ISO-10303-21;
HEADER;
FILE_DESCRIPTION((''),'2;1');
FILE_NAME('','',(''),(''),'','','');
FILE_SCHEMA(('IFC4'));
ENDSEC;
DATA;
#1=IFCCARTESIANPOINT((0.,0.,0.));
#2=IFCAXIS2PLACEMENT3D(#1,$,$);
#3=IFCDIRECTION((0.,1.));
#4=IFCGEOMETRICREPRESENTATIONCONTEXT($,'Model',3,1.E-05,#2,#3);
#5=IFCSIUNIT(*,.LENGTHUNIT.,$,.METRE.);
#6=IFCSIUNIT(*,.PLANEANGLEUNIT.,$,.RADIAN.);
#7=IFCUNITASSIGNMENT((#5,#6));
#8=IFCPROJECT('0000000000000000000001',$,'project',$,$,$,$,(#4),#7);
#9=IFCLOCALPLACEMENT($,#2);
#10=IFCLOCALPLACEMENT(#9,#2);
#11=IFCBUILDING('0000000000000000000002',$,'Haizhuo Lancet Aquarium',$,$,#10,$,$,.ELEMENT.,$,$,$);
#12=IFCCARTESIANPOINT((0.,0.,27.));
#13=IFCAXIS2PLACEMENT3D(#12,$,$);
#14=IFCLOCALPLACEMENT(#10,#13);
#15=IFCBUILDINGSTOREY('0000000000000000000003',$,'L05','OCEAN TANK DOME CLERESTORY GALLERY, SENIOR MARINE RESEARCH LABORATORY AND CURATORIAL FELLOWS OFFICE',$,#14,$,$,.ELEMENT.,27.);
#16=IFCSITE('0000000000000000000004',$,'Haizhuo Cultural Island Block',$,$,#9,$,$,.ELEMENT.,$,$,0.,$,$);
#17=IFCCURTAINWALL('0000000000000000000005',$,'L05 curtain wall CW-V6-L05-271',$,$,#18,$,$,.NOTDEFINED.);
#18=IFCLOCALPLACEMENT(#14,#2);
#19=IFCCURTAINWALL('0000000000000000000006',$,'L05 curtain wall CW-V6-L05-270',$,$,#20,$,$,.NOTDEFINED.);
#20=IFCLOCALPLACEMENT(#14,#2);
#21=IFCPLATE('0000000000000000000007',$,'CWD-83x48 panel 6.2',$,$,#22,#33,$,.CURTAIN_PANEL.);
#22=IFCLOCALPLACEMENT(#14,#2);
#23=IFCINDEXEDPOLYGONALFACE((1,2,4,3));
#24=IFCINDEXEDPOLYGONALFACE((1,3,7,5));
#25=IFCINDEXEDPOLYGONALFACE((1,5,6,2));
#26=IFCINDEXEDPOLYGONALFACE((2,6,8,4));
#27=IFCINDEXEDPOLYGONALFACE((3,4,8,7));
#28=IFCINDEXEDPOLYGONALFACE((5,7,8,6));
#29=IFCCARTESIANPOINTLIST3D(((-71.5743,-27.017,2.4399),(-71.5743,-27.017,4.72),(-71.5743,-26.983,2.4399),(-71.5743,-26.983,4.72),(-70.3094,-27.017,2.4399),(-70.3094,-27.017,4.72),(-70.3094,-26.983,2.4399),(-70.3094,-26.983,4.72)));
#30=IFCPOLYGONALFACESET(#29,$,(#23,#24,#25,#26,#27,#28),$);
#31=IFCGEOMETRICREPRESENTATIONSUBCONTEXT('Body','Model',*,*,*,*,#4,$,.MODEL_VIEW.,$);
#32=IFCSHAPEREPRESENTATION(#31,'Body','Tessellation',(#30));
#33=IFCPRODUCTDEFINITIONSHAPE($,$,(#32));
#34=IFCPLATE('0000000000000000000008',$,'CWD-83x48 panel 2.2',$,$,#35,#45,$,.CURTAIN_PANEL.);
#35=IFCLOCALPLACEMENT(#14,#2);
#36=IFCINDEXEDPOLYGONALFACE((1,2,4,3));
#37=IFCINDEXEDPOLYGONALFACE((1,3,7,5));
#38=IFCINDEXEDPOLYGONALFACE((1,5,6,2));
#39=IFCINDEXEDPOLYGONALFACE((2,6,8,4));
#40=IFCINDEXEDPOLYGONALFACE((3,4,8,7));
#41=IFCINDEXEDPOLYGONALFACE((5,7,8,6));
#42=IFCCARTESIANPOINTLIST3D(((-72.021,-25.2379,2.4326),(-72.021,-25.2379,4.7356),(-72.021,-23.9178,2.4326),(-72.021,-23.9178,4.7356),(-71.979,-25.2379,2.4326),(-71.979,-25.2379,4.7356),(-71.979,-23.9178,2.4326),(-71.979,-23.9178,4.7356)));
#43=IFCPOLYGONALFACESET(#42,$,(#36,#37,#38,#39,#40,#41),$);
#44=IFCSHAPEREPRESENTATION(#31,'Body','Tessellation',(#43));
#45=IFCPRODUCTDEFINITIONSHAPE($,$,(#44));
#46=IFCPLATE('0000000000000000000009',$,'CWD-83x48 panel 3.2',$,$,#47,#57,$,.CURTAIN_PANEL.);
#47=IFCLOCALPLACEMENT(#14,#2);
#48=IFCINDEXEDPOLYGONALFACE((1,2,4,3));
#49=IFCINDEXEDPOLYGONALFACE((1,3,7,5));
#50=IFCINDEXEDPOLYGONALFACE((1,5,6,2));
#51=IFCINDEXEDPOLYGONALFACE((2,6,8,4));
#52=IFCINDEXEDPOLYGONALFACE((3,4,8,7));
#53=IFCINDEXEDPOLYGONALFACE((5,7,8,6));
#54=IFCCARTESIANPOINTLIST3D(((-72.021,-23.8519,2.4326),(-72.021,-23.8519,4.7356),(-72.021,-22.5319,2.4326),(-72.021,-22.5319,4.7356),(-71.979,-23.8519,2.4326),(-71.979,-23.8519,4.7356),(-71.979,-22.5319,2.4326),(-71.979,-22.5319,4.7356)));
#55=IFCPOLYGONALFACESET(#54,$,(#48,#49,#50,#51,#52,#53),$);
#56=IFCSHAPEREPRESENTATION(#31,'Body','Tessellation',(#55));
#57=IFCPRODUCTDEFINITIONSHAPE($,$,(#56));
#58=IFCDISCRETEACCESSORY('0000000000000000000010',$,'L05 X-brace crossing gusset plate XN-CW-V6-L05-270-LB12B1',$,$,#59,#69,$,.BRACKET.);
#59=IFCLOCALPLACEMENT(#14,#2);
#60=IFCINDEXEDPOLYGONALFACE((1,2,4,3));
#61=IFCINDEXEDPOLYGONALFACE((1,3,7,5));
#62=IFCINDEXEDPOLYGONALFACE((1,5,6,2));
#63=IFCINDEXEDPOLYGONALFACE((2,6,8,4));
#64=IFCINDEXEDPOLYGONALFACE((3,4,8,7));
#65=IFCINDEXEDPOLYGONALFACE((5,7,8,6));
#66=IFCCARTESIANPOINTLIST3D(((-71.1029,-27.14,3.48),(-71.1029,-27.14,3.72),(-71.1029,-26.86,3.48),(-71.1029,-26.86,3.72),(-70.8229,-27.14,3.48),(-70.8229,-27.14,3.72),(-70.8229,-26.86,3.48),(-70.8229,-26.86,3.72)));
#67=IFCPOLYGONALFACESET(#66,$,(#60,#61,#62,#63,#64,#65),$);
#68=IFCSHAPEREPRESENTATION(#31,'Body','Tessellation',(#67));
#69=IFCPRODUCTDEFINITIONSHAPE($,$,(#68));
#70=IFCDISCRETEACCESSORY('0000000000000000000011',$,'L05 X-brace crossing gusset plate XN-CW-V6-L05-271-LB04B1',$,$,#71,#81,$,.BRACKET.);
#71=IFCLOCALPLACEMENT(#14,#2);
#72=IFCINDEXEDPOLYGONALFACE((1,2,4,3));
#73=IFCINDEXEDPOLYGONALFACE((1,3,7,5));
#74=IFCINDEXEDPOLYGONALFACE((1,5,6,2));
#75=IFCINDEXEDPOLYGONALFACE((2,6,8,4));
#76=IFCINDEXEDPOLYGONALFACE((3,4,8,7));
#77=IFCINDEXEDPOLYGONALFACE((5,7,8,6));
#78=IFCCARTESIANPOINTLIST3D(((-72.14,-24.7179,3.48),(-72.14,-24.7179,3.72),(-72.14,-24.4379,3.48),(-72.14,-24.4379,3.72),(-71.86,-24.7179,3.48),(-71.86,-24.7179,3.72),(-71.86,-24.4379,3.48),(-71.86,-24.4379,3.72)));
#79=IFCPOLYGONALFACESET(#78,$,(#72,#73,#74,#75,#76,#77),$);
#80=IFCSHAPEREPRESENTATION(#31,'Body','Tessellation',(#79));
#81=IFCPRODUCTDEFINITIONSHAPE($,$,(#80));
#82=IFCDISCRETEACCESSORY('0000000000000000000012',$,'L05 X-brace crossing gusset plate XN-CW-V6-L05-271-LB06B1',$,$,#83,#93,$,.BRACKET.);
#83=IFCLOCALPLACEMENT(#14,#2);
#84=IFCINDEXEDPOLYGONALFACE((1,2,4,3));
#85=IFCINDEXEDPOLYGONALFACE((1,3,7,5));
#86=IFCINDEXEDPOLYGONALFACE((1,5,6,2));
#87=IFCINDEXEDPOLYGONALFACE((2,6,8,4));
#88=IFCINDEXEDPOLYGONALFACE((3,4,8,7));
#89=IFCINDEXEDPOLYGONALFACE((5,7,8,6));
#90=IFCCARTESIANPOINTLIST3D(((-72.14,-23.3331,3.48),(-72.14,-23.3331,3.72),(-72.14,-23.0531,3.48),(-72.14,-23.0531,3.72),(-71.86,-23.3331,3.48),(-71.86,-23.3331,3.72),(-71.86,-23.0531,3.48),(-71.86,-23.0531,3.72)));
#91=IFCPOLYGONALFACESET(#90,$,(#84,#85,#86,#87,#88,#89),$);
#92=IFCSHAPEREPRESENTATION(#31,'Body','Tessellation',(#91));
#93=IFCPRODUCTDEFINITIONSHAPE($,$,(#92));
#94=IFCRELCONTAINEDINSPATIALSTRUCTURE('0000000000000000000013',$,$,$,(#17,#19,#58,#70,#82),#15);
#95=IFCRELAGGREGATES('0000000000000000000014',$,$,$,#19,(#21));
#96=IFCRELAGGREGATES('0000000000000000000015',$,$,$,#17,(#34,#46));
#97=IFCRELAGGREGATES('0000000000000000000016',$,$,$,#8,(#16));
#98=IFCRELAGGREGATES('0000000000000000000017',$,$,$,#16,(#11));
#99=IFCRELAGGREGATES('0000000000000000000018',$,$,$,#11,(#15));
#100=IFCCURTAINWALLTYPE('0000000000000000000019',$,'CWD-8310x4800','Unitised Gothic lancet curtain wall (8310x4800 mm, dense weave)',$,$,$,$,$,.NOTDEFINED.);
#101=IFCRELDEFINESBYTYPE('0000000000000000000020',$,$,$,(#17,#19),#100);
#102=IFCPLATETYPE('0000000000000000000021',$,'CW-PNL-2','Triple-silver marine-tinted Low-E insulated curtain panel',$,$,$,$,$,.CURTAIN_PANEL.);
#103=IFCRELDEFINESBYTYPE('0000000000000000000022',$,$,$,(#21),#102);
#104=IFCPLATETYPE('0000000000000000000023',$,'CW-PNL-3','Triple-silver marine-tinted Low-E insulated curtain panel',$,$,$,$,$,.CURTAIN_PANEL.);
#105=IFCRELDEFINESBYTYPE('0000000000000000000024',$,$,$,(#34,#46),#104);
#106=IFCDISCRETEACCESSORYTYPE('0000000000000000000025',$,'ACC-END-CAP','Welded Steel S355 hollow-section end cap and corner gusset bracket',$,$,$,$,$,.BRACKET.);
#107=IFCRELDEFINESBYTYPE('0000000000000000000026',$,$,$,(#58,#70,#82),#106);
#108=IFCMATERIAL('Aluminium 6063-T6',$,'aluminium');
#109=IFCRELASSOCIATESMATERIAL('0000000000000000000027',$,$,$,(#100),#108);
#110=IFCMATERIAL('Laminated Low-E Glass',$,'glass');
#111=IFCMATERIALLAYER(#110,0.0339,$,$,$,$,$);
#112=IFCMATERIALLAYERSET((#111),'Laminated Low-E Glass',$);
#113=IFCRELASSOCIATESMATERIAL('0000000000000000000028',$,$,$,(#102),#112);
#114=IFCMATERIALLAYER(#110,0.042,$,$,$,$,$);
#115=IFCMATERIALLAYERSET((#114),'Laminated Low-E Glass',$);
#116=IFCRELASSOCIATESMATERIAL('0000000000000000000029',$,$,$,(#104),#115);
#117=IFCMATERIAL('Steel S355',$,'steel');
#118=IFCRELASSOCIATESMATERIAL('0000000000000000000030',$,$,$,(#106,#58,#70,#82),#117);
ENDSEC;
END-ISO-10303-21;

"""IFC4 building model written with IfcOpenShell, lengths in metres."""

from ifc_helpers import new_model, si_unit, direction, frame, origin, origin_2d, place, context, subcontext, project, spatial, rectangle, extrude, material, layer, layer_set, type_object, element, aggregate, save


model = new_model("IFC4")

# Units and contexts
model_context = context("Model", 3, precision=1e-05, world=origin(), true_north=direction((0.0, 1.0)))
body_context = subcontext(model_context, "Body", "Model", "MODEL_VIEW")
ifc_project = project(units=[si_unit("LENGTHUNIT", "METRE"), si_unit("PLANEANGLEUNIT", "RADIAN")], contexts=[model_context])

# Site, building, storey
site_placement = place(None, origin())
site = spatial("IfcSite", under=ifc_project, at=site_placement, Name="Haizhuo Cultural Island Block", CompositionType="ELEMENT", RefElevation=0.0)
building_placement = place(site_placement, origin())
building = spatial("IfcBuilding", under=site, at=building_placement, Name="Haizhuo Lancet Aquarium", CompositionType="ELEMENT")
storey_placement = place(building_placement, frame((0.0, 0.0, 27.0)))
storey = spatial("IfcBuildingStorey", under=building, at=storey_placement, Name="L05", Description="OCEAN TANK DOME CLERESTORY GALLERY, SENIOR MARINE RESEARCH LABORATORY AND CURATORIAL FELLOWS OFFICE", CompositionType="ELEMENT", Elevation=27.0)

# Curtain walls
ifc_material_1 = material(Name="Aluminium 6063-T6", Category="aluminium")
curtain_wall_type = type_object("IfcCurtainWallType", Name="CWD-8310x4800", Description="Unitised Gothic lancet curtain wall (8310x4800 mm, dense weave)", PredefinedType="NOTDEFINED", material=ifc_material_1)
curtain_wall_1_placement = place(storey_placement, origin())
curtain_wall_1 = element("IfcCurtainWall", 1, at=curtain_wall_1_placement, inside=storey, type_object=curtain_wall_type, Name="L05 curtain wall CW-V6-L05-271", PredefinedType="NOTDEFINED")
curtain_wall_2_placement = place(storey_placement, origin())
curtain_wall_2 = element("IfcCurtainWall", 2, at=curtain_wall_2_placement, inside=storey, type_object=curtain_wall_type, Name="L05 curtain wall CW-V6-L05-270", PredefinedType="NOTDEFINED")

# Shared definitions
ifc_material_2 = material(Name="Steel S355", Category="steel")

# Plates
ifc_material_3 = material(Name="Laminated Low-E Glass", Category="glass")
ifc_layer_1 = layer(ifc_material_3, 0.0339)
ifc_layer_set_1 = layer_set([ifc_layer_1], Name="Laminated Low-E Glass")
plate_type_1 = type_object("IfcPlateType", Name="CW-PNL-2", Description="Triple-silver marine-tinted Low-E insulated curtain panel", PredefinedType="CURTAIN_PANEL", material=ifc_layer_set_1)
plate_1_placement = place(storey_placement, frame((-70.9419, -27.0, 2.4399), z_axis=(0.0, 0.0, 1.0), x_axis=(-1.0, 0.0, 0.0)))
plate_1 = element("IfcPlate", 3, at=plate_1_placement, type_object=plate_type_1, Name="CWD-83x48 panel 6.2", PredefinedType="CURTAIN_PANEL", context=body_context, shape_type="SweptSolid", body=[
    extrude(rectangle(XDim=1.2649, YDim=0.0339, at=origin_2d()), origin(), (0.0, 0.0, 1.0), 2.28),
])
aggregate(curtain_wall_2, [plate_1])
ifc_layer_2 = layer(ifc_material_3, 0.042)
ifc_layer_set_2 = layer_set([ifc_layer_2], Name="Laminated Low-E Glass")
plate_type_2 = type_object("IfcPlateType", Name="CW-PNL-3", Description="Triple-silver marine-tinted Low-E insulated curtain panel", PredefinedType="CURTAIN_PANEL", material=ifc_layer_set_2)
plate_2_placement = place(storey_placement, frame((-72.0, -24.5779, 2.4326), z_axis=(0.0, 0.0, 1.0), x_axis=(0.0, 1.0, 0.0)))
plate_2 = element("IfcPlate", 4, at=plate_2_placement, type_object=plate_type_2, Name="CWD-83x48 panel 2.2", PredefinedType="CURTAIN_PANEL", context=body_context, shape_type="SweptSolid", body=[
    extrude(rectangle(XDim=1.3201, YDim=0.042, at=origin_2d()), origin(), (0.0, 0.0, 1.0), 2.303),
])
plate_3_placement = place(storey_placement, frame((-72.0, -23.1919, 2.4326), z_axis=(0.0, 0.0, 1.0), x_axis=(0.0, 1.0, 0.0)))
plate_3 = element("IfcPlate", 5, at=plate_3_placement, type_object=plate_type_2, Name="CWD-83x48 panel 3.2", PredefinedType="CURTAIN_PANEL", context=body_context, shape_type="SweptSolid", body=[
    extrude(rectangle(XDim=1.3201, YDim=0.042, at=origin_2d()), origin(), (0.0, 0.0, 1.0), 2.303),
])
aggregate(curtain_wall_1, [plate_2, plate_3])

# Discrete accessories
discrete_accessory_type = type_object("IfcDiscreteAccessoryType", Name="ACC-END-CAP", Description="Welded Steel S355 hollow-section end cap and corner gusset bracket", PredefinedType="BRACKET", material=ifc_material_2)
for number, where, z_axis, x_axis, name in (
    (6, (-70.9629, -27.0, 3.48), (0.0, 0.0, 1.0), (1.0, 0.0, 0.0), "L05 X-brace crossing gusset plate XN-CW-V6-L05-270-LB12B1"),
    (7, (-72.0, -24.5779, 3.48), (0.0, 0.0, 1.0), (1.0, 0.0, 0.0), "L05 X-brace crossing gusset plate XN-CW-V6-L05-271-LB04B1"),
    (8, (-72.0, -23.1931, 3.48), (0.0, 0.0, 1.0), (1.0, 0.0, 0.0), "L05 X-brace crossing gusset plate XN-CW-V6-L05-271-LB06B1"),
):
    element("IfcDiscreteAccessory", number, at=place(storey_placement, frame(where, z_axis=z_axis, x_axis=x_axis)), inside=storey, type_object=discrete_accessory_type, material=ifc_material_2, Name=name, PredefinedType="BRACKET", context=body_context, shape_type="SweptSolid", body=[
        extrude(rectangle(XDim=0.28, YDim=0.28, at=origin_2d()), origin(), (0.0, 0.0, 1.0), 0.24),
    ])

save(model, "model.ifc")
